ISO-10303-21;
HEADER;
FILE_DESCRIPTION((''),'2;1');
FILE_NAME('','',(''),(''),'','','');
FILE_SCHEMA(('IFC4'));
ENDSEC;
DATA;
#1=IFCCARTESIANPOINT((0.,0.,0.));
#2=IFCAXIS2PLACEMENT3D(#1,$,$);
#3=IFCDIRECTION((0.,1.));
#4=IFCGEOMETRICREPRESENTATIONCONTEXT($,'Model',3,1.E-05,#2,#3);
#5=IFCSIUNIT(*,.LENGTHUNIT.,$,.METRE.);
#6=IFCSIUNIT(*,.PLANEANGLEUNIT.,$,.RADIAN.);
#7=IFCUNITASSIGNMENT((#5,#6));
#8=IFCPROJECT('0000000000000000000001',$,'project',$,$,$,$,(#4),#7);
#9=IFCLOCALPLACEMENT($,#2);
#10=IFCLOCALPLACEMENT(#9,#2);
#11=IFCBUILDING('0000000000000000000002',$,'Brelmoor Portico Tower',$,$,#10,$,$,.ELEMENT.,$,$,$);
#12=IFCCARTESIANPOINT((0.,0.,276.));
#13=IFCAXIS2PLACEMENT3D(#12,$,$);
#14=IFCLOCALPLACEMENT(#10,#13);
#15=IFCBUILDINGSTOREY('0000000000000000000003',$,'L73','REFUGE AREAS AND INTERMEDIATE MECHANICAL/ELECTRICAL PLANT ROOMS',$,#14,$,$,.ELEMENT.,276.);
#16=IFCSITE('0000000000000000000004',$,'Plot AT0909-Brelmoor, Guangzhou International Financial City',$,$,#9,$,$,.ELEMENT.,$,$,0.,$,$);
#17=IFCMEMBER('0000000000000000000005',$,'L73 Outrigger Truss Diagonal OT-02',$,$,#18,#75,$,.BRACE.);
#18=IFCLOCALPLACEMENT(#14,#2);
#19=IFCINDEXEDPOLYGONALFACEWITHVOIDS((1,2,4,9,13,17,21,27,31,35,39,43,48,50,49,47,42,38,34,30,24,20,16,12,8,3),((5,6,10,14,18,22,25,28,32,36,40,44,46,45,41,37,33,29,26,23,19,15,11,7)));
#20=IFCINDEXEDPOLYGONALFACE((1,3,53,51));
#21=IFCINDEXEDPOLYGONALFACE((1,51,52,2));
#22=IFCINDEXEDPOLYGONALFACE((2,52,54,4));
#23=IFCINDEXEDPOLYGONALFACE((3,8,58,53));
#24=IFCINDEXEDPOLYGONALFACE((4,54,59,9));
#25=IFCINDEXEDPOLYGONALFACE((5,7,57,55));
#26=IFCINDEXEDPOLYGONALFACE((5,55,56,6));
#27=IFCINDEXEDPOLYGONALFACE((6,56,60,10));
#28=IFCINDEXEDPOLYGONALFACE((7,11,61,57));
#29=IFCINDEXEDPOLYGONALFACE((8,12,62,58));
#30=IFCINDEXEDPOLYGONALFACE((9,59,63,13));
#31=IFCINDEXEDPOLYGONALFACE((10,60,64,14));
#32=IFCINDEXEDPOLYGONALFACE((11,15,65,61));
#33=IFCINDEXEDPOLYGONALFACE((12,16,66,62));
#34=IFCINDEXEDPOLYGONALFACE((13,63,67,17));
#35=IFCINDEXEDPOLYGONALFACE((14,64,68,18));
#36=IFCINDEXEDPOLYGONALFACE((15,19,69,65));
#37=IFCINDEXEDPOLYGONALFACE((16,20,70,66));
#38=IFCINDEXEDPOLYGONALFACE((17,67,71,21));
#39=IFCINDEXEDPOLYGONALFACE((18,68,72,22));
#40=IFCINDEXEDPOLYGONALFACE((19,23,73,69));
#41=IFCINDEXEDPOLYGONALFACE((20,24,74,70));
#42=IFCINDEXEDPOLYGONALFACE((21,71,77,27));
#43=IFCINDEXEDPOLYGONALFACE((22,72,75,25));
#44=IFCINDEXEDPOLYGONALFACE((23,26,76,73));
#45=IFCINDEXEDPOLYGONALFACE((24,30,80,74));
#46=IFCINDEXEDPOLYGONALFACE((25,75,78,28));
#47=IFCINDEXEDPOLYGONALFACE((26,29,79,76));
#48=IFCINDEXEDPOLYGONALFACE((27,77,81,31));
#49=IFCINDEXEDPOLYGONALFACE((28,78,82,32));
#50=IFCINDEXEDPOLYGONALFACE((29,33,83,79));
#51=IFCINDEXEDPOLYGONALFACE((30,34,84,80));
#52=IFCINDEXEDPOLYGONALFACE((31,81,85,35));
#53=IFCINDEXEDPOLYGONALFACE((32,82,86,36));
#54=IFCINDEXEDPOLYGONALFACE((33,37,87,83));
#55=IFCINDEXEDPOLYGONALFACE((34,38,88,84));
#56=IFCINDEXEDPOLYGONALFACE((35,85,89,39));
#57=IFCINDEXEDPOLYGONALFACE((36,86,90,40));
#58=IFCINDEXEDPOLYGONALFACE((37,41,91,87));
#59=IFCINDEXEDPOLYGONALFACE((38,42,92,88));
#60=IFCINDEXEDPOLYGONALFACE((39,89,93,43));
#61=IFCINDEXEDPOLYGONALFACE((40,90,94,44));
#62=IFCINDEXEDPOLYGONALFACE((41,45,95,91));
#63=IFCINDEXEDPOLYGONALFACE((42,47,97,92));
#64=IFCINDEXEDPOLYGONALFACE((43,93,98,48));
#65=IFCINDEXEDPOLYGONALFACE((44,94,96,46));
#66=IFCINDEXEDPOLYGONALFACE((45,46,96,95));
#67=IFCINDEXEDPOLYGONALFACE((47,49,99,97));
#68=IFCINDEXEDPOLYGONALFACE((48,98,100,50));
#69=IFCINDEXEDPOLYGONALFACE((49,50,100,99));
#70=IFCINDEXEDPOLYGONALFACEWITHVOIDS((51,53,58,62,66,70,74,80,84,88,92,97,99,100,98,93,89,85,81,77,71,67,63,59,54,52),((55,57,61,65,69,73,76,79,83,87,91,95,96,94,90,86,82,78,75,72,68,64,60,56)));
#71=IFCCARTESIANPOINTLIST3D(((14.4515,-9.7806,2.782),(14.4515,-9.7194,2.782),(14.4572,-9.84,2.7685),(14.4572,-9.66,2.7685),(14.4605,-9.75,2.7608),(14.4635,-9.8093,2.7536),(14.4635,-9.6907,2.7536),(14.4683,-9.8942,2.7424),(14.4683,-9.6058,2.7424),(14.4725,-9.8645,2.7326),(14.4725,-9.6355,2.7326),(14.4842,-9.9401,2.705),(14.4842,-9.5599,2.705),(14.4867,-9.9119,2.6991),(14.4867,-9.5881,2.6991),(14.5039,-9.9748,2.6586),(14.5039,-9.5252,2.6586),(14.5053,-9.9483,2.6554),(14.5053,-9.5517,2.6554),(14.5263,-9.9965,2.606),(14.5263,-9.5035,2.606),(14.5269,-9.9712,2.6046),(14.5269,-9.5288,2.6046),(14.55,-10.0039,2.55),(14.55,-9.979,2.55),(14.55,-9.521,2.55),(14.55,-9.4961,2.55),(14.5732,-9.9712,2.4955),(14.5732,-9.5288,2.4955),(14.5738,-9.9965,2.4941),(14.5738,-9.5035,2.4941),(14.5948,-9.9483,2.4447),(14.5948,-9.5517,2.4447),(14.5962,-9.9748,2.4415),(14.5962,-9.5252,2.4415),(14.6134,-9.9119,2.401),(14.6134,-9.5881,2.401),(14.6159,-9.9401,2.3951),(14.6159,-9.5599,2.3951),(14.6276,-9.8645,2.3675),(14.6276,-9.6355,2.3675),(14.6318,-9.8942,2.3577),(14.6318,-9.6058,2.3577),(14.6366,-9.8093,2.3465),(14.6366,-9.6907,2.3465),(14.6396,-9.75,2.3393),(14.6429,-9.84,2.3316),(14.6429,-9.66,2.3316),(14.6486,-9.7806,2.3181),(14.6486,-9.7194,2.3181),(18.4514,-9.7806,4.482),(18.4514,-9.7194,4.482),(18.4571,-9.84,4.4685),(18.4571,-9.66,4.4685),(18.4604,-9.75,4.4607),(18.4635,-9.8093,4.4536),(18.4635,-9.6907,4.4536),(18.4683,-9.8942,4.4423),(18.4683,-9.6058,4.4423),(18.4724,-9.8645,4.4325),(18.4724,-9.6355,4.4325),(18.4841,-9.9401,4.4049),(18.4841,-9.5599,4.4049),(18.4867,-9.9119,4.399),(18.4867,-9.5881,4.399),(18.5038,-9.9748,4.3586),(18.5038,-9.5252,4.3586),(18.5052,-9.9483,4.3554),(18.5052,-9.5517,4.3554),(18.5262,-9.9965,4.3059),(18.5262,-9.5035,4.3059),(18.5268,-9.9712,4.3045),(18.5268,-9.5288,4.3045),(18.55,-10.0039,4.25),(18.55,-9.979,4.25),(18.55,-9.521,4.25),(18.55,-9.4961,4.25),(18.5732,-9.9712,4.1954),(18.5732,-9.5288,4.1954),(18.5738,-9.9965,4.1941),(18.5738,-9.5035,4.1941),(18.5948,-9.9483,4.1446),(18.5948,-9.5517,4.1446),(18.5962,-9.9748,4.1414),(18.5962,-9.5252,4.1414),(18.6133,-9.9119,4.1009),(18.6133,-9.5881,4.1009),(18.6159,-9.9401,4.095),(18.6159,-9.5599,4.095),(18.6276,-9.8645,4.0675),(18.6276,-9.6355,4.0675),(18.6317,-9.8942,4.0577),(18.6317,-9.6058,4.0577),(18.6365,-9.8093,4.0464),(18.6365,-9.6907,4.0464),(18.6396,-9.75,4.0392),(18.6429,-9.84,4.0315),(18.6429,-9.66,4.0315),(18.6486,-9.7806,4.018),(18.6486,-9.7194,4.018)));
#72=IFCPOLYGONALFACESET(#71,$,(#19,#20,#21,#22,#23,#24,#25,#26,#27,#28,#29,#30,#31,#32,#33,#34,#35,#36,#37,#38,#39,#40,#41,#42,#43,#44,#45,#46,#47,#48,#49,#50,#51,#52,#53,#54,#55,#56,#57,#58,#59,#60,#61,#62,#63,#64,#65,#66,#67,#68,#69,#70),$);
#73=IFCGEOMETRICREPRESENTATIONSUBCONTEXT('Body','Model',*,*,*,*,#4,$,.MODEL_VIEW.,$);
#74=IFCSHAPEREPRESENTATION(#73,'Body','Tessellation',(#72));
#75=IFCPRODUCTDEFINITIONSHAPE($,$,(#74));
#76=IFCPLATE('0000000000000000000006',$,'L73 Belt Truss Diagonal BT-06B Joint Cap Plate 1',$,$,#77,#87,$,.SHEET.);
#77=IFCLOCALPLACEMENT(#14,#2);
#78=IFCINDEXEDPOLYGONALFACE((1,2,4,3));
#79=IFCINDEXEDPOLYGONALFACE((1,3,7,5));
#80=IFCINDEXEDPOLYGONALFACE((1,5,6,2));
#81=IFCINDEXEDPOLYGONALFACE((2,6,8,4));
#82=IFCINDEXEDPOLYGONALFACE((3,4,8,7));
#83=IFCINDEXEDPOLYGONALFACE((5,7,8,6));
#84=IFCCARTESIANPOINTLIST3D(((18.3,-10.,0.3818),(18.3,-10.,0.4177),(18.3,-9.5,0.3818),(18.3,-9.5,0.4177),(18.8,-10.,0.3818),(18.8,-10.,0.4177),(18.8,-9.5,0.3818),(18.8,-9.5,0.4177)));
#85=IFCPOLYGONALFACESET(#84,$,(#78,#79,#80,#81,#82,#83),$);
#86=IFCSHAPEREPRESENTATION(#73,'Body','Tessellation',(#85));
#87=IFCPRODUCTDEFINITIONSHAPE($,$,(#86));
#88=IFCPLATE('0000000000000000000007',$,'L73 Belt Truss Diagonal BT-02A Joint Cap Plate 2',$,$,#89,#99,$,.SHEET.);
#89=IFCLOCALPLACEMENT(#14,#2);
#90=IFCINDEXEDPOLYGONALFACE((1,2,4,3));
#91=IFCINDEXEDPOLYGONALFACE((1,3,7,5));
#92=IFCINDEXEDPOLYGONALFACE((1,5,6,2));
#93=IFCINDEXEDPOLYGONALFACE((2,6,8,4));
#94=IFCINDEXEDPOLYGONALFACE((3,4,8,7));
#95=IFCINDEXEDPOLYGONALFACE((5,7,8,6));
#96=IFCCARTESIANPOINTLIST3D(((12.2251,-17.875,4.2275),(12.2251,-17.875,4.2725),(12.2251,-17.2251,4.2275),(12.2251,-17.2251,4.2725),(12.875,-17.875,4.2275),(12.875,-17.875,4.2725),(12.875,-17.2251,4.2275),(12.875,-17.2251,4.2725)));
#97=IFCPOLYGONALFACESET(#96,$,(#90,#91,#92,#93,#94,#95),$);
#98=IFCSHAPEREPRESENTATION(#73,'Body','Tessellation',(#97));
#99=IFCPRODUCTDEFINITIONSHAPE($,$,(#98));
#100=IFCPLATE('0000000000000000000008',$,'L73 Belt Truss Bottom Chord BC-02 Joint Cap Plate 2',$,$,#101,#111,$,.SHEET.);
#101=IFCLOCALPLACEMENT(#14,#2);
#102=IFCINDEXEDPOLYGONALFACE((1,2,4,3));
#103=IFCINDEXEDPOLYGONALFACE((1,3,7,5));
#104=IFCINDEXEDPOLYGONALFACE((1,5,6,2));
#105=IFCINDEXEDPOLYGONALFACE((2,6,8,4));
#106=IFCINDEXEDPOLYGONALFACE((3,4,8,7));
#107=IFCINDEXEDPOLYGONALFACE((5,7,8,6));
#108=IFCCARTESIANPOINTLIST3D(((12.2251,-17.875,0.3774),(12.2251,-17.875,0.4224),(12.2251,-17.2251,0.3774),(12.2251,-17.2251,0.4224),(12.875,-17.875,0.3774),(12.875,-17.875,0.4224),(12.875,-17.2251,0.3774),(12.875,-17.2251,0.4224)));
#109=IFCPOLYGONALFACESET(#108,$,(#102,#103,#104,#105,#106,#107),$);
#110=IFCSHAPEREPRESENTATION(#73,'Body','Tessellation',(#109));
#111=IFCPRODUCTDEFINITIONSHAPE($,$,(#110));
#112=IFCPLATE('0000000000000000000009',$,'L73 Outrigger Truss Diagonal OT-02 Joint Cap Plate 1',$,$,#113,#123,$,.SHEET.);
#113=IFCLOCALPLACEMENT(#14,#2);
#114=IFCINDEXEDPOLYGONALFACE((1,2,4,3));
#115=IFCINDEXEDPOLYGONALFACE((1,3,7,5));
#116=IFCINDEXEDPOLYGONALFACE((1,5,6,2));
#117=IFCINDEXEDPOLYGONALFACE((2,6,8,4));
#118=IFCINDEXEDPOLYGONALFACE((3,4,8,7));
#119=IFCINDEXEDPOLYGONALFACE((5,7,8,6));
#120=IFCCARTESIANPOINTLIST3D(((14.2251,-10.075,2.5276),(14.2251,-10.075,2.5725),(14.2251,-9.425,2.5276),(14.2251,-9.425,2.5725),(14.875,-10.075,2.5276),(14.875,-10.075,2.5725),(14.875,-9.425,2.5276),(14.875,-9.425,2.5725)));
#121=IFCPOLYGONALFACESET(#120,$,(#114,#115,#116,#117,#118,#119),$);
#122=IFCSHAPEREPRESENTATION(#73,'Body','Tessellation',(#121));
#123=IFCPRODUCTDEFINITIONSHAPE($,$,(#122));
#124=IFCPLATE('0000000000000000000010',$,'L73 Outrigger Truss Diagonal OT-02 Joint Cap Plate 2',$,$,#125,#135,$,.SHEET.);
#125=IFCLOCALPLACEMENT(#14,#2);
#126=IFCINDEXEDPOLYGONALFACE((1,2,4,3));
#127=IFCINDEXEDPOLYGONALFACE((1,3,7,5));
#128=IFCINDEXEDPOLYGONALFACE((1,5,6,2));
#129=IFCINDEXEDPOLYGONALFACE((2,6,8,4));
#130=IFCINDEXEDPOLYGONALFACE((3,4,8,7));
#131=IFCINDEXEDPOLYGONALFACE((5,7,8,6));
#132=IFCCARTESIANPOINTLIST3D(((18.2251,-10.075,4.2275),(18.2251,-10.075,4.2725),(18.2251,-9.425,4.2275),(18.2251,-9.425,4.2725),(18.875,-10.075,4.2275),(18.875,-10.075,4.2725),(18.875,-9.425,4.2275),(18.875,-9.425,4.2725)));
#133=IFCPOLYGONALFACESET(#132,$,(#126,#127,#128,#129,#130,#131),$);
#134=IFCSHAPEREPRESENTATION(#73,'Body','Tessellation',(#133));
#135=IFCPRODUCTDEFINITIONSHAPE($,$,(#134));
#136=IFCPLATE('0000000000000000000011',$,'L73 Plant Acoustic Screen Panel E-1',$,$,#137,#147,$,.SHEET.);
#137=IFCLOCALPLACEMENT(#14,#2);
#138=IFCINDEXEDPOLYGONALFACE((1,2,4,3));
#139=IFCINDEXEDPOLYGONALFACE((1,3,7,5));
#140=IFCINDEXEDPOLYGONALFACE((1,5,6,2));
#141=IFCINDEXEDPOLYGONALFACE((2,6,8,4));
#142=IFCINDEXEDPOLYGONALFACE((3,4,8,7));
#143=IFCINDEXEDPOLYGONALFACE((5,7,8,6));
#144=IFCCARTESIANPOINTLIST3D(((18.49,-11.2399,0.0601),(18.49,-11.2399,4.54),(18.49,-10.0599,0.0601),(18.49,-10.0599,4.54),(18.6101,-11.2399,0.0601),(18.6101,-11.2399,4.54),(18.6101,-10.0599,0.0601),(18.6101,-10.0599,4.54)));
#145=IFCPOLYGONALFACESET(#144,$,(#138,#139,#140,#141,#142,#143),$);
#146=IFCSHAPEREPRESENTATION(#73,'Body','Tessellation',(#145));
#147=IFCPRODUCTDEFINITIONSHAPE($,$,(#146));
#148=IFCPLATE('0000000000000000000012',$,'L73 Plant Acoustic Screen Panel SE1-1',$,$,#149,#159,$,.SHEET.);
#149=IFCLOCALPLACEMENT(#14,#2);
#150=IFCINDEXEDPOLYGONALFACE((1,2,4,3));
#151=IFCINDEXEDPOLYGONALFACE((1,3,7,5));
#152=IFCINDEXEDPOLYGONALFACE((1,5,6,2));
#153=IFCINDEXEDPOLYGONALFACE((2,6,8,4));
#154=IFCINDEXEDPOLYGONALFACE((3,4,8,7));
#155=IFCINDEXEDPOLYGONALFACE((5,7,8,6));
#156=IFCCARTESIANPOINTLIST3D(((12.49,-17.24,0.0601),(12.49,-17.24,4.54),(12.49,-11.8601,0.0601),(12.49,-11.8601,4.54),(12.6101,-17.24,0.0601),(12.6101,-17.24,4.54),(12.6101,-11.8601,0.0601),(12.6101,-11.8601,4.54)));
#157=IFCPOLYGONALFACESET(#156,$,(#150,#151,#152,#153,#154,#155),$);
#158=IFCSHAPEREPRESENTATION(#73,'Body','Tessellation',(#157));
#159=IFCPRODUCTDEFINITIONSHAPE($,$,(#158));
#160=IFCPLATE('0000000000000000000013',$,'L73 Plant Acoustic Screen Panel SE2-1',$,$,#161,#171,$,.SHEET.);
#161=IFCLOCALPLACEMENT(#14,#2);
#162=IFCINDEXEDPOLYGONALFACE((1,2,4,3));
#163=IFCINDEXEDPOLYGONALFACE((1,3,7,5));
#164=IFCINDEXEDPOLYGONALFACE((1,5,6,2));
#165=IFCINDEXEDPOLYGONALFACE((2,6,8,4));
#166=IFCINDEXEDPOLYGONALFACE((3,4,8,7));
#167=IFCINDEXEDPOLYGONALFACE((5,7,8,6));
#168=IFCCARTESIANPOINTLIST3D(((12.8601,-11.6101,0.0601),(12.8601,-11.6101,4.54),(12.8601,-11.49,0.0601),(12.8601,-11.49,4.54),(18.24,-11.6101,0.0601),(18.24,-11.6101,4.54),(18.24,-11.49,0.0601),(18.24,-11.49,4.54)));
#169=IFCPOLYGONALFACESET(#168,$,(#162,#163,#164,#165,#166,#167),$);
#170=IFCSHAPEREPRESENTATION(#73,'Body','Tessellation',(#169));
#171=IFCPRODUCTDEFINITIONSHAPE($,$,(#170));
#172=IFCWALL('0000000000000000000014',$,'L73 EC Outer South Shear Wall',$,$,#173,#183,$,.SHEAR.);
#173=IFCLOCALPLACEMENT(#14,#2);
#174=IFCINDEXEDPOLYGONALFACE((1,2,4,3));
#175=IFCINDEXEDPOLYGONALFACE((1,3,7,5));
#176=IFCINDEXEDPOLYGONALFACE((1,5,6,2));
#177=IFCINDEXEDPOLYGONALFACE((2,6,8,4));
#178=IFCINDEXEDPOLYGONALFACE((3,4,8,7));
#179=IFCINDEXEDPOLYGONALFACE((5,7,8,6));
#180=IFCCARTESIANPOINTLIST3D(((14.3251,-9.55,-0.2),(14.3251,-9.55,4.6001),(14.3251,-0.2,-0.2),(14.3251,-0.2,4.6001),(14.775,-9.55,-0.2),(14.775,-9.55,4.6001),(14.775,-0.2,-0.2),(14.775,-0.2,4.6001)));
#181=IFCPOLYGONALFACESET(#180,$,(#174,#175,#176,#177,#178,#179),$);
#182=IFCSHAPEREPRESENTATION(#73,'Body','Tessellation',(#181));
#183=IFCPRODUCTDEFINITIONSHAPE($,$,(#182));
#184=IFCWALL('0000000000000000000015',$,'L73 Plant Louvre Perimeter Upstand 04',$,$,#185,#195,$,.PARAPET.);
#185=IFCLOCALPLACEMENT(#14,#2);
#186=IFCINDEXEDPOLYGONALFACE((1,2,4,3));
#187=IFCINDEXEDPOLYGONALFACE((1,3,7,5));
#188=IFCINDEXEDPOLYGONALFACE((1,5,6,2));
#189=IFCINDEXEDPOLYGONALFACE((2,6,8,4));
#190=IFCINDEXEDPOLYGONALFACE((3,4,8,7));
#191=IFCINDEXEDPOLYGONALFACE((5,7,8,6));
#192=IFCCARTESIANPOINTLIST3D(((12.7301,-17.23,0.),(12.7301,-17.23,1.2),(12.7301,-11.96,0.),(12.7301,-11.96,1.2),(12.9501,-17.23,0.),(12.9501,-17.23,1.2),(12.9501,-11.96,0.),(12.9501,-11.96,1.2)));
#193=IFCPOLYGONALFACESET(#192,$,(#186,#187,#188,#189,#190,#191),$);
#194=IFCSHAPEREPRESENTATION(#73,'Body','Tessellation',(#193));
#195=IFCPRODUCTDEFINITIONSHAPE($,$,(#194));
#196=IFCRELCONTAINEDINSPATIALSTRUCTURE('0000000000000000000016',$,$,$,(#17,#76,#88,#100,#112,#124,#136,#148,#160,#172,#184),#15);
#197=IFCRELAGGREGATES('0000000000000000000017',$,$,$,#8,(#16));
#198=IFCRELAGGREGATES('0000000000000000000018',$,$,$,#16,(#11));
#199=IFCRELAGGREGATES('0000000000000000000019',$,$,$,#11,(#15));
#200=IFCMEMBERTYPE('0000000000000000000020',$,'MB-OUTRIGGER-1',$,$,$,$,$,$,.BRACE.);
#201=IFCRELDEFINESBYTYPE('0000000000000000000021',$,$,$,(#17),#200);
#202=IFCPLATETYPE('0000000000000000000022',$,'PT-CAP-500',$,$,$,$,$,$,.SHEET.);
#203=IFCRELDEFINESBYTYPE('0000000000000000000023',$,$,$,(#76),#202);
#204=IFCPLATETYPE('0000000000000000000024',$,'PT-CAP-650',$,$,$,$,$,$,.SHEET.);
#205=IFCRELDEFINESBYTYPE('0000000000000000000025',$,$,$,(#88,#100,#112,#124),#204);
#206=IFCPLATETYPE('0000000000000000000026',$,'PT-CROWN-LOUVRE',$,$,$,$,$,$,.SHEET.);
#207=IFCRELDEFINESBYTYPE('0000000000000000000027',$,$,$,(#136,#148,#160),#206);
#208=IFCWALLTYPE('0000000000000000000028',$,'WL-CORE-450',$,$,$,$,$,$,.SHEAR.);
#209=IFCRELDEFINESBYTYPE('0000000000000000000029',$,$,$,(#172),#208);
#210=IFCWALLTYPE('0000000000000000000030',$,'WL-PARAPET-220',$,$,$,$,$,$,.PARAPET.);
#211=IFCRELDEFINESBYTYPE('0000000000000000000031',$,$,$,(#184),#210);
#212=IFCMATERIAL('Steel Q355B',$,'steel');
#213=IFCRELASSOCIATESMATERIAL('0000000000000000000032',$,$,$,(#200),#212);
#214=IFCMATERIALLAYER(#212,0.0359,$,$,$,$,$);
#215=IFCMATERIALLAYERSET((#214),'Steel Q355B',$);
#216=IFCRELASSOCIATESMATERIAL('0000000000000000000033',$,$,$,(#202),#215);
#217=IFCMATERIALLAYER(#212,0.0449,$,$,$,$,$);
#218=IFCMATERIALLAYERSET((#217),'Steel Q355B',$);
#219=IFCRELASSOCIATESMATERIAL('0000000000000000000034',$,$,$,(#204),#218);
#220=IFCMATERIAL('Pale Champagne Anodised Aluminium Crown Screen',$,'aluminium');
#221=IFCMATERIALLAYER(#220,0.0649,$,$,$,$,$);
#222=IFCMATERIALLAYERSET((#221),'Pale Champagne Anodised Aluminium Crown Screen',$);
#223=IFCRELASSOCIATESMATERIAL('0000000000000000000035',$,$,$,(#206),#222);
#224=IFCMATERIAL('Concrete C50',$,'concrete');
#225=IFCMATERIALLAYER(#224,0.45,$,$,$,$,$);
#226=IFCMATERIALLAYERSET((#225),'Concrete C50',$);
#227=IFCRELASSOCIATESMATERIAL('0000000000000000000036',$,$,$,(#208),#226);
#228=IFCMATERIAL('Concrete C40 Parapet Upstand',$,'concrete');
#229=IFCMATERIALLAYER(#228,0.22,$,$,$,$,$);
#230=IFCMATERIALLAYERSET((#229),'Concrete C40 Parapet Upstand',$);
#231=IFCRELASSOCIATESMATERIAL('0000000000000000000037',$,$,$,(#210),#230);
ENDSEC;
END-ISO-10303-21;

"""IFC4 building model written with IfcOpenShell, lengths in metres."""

from ifc_helpers import new_model, si_unit, direction, frame, frame_2d, origin, origin_2d, place, context, subcontext, project, spatial, rectangle, hollow_circle, extrude, material, layer, layer_set, material_profile, profile_set, type_object, element, save


model = new_model("IFC4")

# Units and contexts
model_context = context("Model", 3, precision=1e-05, world=origin(), true_north=direction((0.0, 1.0)))
body_context = subcontext(model_context, "Body", "Model", "MODEL_VIEW")
ifc_project = project(units=[si_unit("LENGTHUNIT", "METRE"), si_unit("PLANEANGLEUNIT", "RADIAN")], contexts=[model_context])

# Site, building, storey
site_placement = place(None, origin())
site = spatial("IfcSite", under=ifc_project, at=site_placement, Name="Plot AT0909-Brelmoor, Guangzhou International Financial City", CompositionType="ELEMENT", RefElevation=0.0)
building_placement = place(site_placement, origin())
building = spatial("IfcBuilding", under=site, at=building_placement, Name="Brelmoor Portico Tower", CompositionType="ELEMENT")
storey_placement = place(building_placement, frame((0.0, 0.0, 276.0)))
storey = spatial("IfcBuildingStorey", under=building, at=storey_placement, Name="L73", Description="REFUGE AREAS AND INTERMEDIATE MECHANICAL/ELECTRICAL PLANT ROOMS", CompositionType="ELEMENT", Elevation=276.0)

# Shared definitions
ifc_material_1 = material(Name="Steel Q355B", Category="steel")

# Member
ifc_material_profile_1 = material_profile(ifc_material_1, hollow_circle(Radius=0.2539, WallThickness=0.0249, at=origin_2d()), Name="CHS 508x25")
ifc_profile_set_1 = profile_set([ifc_material_profile_1], Name="Steel Q355B")
member_type_1 = type_object("IfcMemberType", Name="MB-OUTRIGGER-1", PredefinedType="BRACE", material=ifc_profile_set_1)
member_1_placement = place(storey_placement, frame((14.55, -9.75, 2.55), z_axis=(0.920335, 0.0, 0.391131), x_axis=(0.0, 1.0, 0.0)))
element("IfcMember", 1, at=member_1_placement, inside=storey, type_object=member_type_1, Name="L73 Outrigger Truss Diagonal OT-02", PredefinedType="BRACE", context=body_context, shape_type="SweptSolid", body=[
    extrude(hollow_circle(Radius=0.2539, WallThickness=0.0249, at=origin_2d()), origin(), (0.0, 0.0, 1.0), 4.3462),
])

# Plates
ifc_layer_1 = layer(ifc_material_1, 0.0359)
ifc_layer_set_1 = layer_set([ifc_layer_1], Name="Steel Q355B")
plate_type_1 = type_object("IfcPlateType", Name="PT-CAP-500", PredefinedType="SHEET", material=ifc_layer_set_1)
plate_1_placement = place(storey_placement, frame((18.55, -9.75, 0.3818), z_axis=(0.0, 0.0, 1.0), x_axis=(1.0, 0.0, 0.0)))
element("IfcPlate", 2, at=plate_1_placement, inside=storey, type_object=plate_type_1, Name="L73 Belt Truss Diagonal BT-06B Joint Cap Plate 1", PredefinedType="SHEET", context=body_context, shape_type="SweptSolid", body=[
    extrude(rectangle(XDim=0.5, YDim=0.5, at=origin_2d()), origin(), (0.0, 0.0, 1.0), 0.0359),
])
ifc_layer_2 = layer(ifc_material_1, 0.0449)
ifc_layer_set_2 = layer_set([ifc_layer_2], Name="Steel Q355B")
plate_type_2 = type_object("IfcPlateType", Name="PT-CAP-650", PredefinedType="SHEET", material=ifc_layer_set_2)
for number, where, z_axis, x_axis, name in (
    (3, (12.55, -17.55, 4.2275), (0.0, 0.0, 1.0), (1.0, 0.0, 0.0), "L73 Belt Truss Diagonal BT-02A Joint Cap Plate 2"),
    (4, (12.55, -17.55, 0.3774), (0.0, 0.0, 1.0), (1.0, 0.0, 0.0), "L73 Belt Truss Bottom Chord BC-02 Joint Cap Plate 2"),
    (5, (14.55, -9.75, 2.5276), (0.0, 0.0, 1.0), (1.0, 0.0, 0.0), "L73 Outrigger Truss Diagonal OT-02 Joint Cap Plate 1"),
    (6, (18.55, -9.75, 4.2275), (0.0, 0.0, 1.0), (1.0, 0.0, 0.0), "L73 Outrigger Truss Diagonal OT-02 Joint Cap Plate 2"),
):
    element("IfcPlate", number, at=place(storey_placement, frame(where, z_axis=z_axis, x_axis=x_axis)), inside=storey, type_object=plate_type_2, Name=name, PredefinedType="SHEET", context=body_context, shape_type="SweptSolid", body=[
        extrude(rectangle(XDim=0.6499, YDim=0.6499, at=origin_2d()), origin(), (0.0, 0.0, 1.0), 0.0449),
    ])
ifc_material_2 = material(Name="Pale Champagne Anodised Aluminium Crown Screen", Category="aluminium")
ifc_layer_3 = layer(ifc_material_2, 0.0649)
ifc_layer_set_3 = layer_set([ifc_layer_3], Name="Pale Champagne Anodised Aluminium Crown Screen")
plate_type_3 = type_object("IfcPlateType", Name="PT-CROWN-LOUVRE", PredefinedType="SHEET", material=ifc_layer_set_3)
plate_2_placement = place(storey_placement, frame((18.55, -10.6499, 0.0601), z_axis=(0.0, 0.0, 1.0), x_axis=(0.0, 1.0, 0.0)))
element("IfcPlate", 7, at=plate_2_placement, inside=storey, type_object=plate_type_3, Name="L73 Plant Acoustic Screen Panel E-1", PredefinedType="SHEET", context=body_context, shape_type="SweptSolid", body=[
    extrude(rectangle(XDim=1.1799, YDim=0.1201, at=origin_2d()), origin(), (0.0, 0.0, 1.0), 4.48),
])
for number, where, z_axis, x_axis, name in (
    (8, (12.55, -14.55, 0.0601), (0.0, 0.0, 1.0), (0.0, 1.0, 0.0), "L73 Plant Acoustic Screen Panel SE1-1"),
    (9, (15.55, -11.55, 0.0601), (0.0, 0.0, 1.0), (1.0, 0.0, 0.0), "L73 Plant Acoustic Screen Panel SE2-1"),
):
    element("IfcPlate", number, at=place(storey_placement, frame(where, z_axis=z_axis, x_axis=x_axis)), inside=storey, type_object=plate_type_3, Name=name, PredefinedType="SHEET", context=body_context, shape_type="SweptSolid", body=[
        extrude(rectangle(XDim=5.3799, YDim=0.1201, at=origin_2d()), origin(), (0.0, 0.0, 1.0), 4.48),
    ])

# Walls
ifc_material_3 = material(Name="Concrete C50", Category="concrete")
ifc_layer_4 = layer(ifc_material_3, 0.45)
ifc_layer_set_4 = layer_set([ifc_layer_4], Name="Concrete C50")
wall_type_1 = type_object("IfcWallType", Name="WL-CORE-450", PredefinedType="SHEAR", material=ifc_layer_set_4)
wall_1_placement = place(storey_placement, frame((14.55, -9.55, -0.2), z_axis=(0.0, 0.0, 1.0), x_axis=(0.0, 1.0, 0.0)))
element("IfcWall", 10, at=wall_1_placement, inside=storey, type_object=wall_type_1, Name="L73 EC Outer South Shear Wall", PredefinedType="SHEAR", context=body_context, shape_type="SweptSolid", body=[
    extrude(rectangle(XDim=9.3501, YDim=0.45, at=frame_2d((4.675, 0.0))), origin(), (0.0, 0.0, 1.0), 4.8),
])
ifc_material_4 = material(Name="Concrete C40 Parapet Upstand", Category="concrete")
ifc_layer_5 = layer(ifc_material_4, 0.22)
ifc_layer_set_5 = layer_set([ifc_layer_5], Name="Concrete C40 Parapet Upstand")
wall_type_2 = type_object("IfcWallType", Name="WL-PARAPET-220", PredefinedType="PARAPET", material=ifc_layer_set_5)
for number, where, z_axis, x_axis, name in (
    (11, (12.8401, -17.23, 0.0), (0.0, 0.0, 1.0), (0.0, 1.0, 0.0), "L73 Plant Louvre Perimeter Upstand 04"),
):
    element("IfcWall", number, at=place(storey_placement, frame(where, z_axis=z_axis, x_axis=x_axis)), inside=storey, type_object=wall_type_2, Name=name, PredefinedType="PARAPET", context=body_context, shape_type="SweptSolid", body=[
        extrude(rectangle(XDim=5.27, YDim=0.22, at=frame_2d((2.635, 0.0))), origin(), (0.0, 0.0, 1.0), 1.2),
    ])

save(model, "model.ifc")
